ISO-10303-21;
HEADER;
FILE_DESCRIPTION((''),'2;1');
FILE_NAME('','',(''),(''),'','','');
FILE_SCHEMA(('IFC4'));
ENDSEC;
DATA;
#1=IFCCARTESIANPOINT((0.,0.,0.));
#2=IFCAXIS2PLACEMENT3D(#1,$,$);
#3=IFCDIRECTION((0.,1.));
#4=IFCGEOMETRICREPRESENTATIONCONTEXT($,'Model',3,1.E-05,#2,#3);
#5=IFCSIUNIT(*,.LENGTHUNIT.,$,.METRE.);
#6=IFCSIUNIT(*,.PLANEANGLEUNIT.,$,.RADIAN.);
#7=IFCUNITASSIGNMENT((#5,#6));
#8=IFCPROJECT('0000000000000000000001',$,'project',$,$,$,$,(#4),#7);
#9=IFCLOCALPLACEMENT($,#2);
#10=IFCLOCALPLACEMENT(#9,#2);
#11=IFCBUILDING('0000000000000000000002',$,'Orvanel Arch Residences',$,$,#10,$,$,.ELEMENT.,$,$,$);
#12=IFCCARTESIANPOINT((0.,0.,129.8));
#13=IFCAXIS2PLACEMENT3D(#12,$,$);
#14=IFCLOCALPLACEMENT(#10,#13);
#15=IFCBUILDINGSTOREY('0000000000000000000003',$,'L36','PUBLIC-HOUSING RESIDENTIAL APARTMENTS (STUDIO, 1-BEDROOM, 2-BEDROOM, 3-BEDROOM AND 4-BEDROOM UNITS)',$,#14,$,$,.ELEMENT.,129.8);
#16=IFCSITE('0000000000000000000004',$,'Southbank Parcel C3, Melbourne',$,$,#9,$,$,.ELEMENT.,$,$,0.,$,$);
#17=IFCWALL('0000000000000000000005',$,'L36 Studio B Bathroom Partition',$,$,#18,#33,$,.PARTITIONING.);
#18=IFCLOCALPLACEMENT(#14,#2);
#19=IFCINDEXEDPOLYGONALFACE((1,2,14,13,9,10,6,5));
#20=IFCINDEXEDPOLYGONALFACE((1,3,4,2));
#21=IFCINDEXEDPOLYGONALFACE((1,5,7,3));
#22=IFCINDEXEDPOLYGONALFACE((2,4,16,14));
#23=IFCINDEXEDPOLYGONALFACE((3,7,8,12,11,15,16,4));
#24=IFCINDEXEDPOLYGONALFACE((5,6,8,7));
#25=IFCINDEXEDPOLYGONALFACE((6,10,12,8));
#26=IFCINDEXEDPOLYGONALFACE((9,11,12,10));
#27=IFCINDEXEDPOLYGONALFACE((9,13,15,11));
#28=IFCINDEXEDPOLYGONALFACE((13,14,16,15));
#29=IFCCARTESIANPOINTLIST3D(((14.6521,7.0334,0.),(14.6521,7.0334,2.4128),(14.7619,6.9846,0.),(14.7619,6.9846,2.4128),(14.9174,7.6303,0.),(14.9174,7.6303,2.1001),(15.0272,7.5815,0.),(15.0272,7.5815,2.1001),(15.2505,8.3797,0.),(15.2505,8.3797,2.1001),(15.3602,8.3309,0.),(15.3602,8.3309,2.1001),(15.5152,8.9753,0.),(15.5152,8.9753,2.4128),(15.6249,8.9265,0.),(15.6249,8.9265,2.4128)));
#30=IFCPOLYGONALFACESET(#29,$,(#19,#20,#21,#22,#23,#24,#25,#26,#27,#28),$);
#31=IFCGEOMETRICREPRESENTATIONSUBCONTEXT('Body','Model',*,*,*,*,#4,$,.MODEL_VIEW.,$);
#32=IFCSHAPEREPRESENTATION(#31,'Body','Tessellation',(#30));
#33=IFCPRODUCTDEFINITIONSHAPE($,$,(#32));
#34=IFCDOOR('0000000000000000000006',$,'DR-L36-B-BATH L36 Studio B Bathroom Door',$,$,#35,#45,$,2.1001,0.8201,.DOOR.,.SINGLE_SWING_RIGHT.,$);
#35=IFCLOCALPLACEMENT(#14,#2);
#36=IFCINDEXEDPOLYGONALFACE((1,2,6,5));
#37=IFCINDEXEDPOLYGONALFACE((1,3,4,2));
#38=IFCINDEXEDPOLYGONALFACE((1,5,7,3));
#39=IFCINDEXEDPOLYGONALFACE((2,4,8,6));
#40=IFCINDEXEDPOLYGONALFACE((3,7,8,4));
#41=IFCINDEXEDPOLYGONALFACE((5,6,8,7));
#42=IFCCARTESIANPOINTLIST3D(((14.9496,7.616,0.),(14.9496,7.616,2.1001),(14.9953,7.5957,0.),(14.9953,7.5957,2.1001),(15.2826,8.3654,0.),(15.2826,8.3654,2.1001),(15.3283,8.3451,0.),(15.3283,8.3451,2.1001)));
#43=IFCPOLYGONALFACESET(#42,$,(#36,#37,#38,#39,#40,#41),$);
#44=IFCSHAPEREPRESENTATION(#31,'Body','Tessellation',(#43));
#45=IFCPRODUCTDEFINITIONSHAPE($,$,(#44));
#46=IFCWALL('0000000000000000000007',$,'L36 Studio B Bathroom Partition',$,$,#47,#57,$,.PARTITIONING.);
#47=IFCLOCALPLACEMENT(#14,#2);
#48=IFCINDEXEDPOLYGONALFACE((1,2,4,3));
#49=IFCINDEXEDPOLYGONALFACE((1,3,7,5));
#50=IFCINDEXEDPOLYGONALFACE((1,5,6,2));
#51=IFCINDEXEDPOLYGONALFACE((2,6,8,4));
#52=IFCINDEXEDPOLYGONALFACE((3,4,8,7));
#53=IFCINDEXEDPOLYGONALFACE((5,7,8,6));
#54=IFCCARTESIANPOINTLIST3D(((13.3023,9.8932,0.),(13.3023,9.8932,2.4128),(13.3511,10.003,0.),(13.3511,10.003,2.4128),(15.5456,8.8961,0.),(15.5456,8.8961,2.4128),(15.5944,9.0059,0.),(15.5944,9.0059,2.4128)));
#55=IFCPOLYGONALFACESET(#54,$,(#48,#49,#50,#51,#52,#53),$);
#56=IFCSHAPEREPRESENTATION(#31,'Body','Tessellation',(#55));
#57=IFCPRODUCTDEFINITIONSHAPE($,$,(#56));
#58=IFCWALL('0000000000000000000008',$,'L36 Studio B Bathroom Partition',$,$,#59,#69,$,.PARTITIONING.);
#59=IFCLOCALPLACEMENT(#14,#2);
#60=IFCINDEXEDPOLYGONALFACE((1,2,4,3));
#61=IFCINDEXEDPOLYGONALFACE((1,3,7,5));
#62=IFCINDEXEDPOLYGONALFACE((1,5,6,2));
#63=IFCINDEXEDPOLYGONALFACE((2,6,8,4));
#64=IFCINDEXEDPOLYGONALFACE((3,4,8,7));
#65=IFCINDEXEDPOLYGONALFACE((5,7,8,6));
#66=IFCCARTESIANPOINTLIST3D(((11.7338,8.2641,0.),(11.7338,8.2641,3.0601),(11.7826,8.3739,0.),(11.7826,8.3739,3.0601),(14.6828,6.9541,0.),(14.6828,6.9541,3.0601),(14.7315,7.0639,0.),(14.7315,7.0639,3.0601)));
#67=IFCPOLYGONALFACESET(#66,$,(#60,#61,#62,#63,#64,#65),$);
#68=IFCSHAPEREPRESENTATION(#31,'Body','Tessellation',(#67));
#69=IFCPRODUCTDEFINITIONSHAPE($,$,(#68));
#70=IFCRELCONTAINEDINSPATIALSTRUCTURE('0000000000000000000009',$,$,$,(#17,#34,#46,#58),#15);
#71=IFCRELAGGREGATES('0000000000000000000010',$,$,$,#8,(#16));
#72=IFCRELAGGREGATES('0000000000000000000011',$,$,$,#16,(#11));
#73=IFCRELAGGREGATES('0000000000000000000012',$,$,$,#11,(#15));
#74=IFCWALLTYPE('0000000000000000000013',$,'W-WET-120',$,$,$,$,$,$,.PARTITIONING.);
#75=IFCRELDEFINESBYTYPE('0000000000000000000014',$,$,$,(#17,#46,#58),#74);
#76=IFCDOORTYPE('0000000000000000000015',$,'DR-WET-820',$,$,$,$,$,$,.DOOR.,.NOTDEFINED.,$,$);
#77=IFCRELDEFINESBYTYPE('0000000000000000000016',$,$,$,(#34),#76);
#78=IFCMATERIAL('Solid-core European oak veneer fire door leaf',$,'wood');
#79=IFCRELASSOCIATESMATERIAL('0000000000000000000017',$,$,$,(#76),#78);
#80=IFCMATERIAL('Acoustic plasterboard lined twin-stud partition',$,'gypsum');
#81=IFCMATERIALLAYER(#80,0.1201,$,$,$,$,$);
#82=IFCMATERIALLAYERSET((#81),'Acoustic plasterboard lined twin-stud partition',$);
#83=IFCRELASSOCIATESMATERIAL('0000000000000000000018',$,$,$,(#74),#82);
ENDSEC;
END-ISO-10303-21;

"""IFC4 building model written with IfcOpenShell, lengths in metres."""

from ifc_helpers import new_model, si_unit, direction, frame, frame_2d, origin, place, context, subcontext, project, spatial, rectangle, extrude, material, layer, layer_set, type_object, element, fill, save


model = new_model("IFC4")

# Units and contexts
model_context = context("Model", 3, precision=1e-05, world=origin(), true_north=direction((0.0, 1.0)))
body_context = subcontext(model_context, "Body", "Model", "MODEL_VIEW")
ifc_project = project(units=[si_unit("LENGTHUNIT", "METRE"), si_unit("PLANEANGLEUNIT", "RADIAN")], contexts=[model_context])

# Site, building, storey
site_placement = place(None, origin())
site = spatial("IfcSite", under=ifc_project, at=site_placement, Name="Southbank Parcel C3, Melbourne", CompositionType="ELEMENT", RefElevation=0.0)
building_placement = place(site_placement, origin())
building = spatial("IfcBuilding", under=site, at=building_placement, Name="Orvanel Arch Residences", CompositionType="ELEMENT")
storey_placement = place(building_placement, frame((0.0, 0.0, 129.8)))
storey = spatial("IfcBuildingStorey", under=building, at=storey_placement, Name="L36", Description="PUBLIC-HOUSING RESIDENTIAL APARTMENTS (STUDIO, 1-BEDROOM, 2-BEDROOM, 3-BEDROOM AND 4-BEDROOM UNITS)", CompositionType="ELEMENT", Elevation=129.8)

# Shared definitions
ifc_material_1 = material(Name="Solid-core European oak veneer fire door leaf", Category="wood")
door_type_1 = type_object("IfcDoorType", Name="DR-WET-820", OperationType="NOTDEFINED", PredefinedType="DOOR", material=ifc_material_1)

# Wall, opening, door
ifc_material_2 = material(Name="Acoustic plasterboard lined twin-stud partition", Category="gypsum")
ifc_layer_1 = layer(ifc_material_2, 0.1201)
ifc_layer_set_1 = layer_set([ifc_layer_1], Name="Acoustic plasterboard lined twin-stud partition")
wall_type_1 = type_object("IfcWallType", Name="W-WET-120", PredefinedType="PARTITIONING", material=ifc_layer_set_1)
wall_1_placement = place(storey_placement, frame((14.707, 7.009, 0.0), z_axis=(0.0, 0.0, 1.0), x_axis=(0.406128, 0.913816, 0.0)))
wall_1 = element("IfcWall", 1, at=wall_1_placement, inside=storey, type_object=wall_type_1, Name="L36 Studio B Bathroom Partition", PredefinedType="PARTITIONING", context=body_context, shape_type="SweptSolid", body=[
    extrude(rectangle(XDim=2.125, YDim=0.1201, at=frame_2d((1.0625, 0.0))), origin(), (0.0, 0.0, 1.0), 2.4128),
])
opening_1_placement = place(wall_1_placement, frame((0.6531, 0.0, 0.0)))
opening_1 = element("IfcOpeningElement", 2, at=opening_1_placement, cuts=wall_1, PredefinedType="OPENING", context=body_context, shape_type="SweptSolid", body=[
    extrude(rectangle(XDim=0.8201, YDim=2.1001, at=frame_2d((0.4102, 1.05))), frame((0.0, 0.0701, 0.0), z_axis=(0.0, -1.0, 0.0), x_axis=(1.0, 0.0, 0.0)), (0.0, 0.0, 1.0), 0.1401),
])
door_1_placement = place(opening_1_placement, origin())
door_1 = element("IfcDoor", 3, at=door_1_placement, inside=storey, type_object=door_type_1, Name="DR-L36-B-BATH L36 Studio B Bathroom Door", OperationType="SINGLE_SWING_RIGHT", OverallHeight=2.1001, OverallWidth=0.8201, PredefinedType="DOOR", context=body_context, shape_type="SweptSolid", body=[
    extrude(rectangle(XDim=0.8201, YDim=2.1001, at=frame_2d((0.4102, 1.05))), frame((0.0, 0.0249, 0.0), z_axis=(0.0, -1.0, 0.0), x_axis=(1.0, 0.0, 0.0)), (0.0, 0.0, 1.0), 0.05),
])
fill(opening_1, door_1)

# Walls
wall_2_placement = place(storey_placement, frame((15.5701, 8.9509, 0.0), z_axis=(0.0, 0.0, 1.0), x_axis=(-0.913795, 0.406175, 0.0)))
element("IfcWall", 4, at=wall_2_placement, inside=storey, type_object=wall_type_1, Name="L36 Studio B Bathroom Partition", PredefinedType="PARTITIONING", context=body_context, shape_type="SweptSolid", body=[
    extrude(rectangle(XDim=2.4548, YDim=0.1201, at=frame_2d((1.2275, 0.0))), origin(), (0.0, 0.0, 1.0), 2.4128),
])
wall_3_placement = place(storey_placement, frame((14.707, 7.009, 0.0), z_axis=(0.0, 0.0, 1.0), x_axis=(-0.91388, 0.405984, 0.0)))
element("IfcWall", 5, at=wall_3_placement, inside=storey, type_object=wall_type_1, Name="L36 Studio B Bathroom Partition", PredefinedType="PARTITIONING", context=body_context, shape_type="SweptSolid", body=[
    extrude(rectangle(XDim=3.2268, YDim=0.1201, at=frame_2d((1.6133, 0.0))), origin(), (0.0, 0.0, 1.0), 3.0601),
])

save(model, "model.ifc")
